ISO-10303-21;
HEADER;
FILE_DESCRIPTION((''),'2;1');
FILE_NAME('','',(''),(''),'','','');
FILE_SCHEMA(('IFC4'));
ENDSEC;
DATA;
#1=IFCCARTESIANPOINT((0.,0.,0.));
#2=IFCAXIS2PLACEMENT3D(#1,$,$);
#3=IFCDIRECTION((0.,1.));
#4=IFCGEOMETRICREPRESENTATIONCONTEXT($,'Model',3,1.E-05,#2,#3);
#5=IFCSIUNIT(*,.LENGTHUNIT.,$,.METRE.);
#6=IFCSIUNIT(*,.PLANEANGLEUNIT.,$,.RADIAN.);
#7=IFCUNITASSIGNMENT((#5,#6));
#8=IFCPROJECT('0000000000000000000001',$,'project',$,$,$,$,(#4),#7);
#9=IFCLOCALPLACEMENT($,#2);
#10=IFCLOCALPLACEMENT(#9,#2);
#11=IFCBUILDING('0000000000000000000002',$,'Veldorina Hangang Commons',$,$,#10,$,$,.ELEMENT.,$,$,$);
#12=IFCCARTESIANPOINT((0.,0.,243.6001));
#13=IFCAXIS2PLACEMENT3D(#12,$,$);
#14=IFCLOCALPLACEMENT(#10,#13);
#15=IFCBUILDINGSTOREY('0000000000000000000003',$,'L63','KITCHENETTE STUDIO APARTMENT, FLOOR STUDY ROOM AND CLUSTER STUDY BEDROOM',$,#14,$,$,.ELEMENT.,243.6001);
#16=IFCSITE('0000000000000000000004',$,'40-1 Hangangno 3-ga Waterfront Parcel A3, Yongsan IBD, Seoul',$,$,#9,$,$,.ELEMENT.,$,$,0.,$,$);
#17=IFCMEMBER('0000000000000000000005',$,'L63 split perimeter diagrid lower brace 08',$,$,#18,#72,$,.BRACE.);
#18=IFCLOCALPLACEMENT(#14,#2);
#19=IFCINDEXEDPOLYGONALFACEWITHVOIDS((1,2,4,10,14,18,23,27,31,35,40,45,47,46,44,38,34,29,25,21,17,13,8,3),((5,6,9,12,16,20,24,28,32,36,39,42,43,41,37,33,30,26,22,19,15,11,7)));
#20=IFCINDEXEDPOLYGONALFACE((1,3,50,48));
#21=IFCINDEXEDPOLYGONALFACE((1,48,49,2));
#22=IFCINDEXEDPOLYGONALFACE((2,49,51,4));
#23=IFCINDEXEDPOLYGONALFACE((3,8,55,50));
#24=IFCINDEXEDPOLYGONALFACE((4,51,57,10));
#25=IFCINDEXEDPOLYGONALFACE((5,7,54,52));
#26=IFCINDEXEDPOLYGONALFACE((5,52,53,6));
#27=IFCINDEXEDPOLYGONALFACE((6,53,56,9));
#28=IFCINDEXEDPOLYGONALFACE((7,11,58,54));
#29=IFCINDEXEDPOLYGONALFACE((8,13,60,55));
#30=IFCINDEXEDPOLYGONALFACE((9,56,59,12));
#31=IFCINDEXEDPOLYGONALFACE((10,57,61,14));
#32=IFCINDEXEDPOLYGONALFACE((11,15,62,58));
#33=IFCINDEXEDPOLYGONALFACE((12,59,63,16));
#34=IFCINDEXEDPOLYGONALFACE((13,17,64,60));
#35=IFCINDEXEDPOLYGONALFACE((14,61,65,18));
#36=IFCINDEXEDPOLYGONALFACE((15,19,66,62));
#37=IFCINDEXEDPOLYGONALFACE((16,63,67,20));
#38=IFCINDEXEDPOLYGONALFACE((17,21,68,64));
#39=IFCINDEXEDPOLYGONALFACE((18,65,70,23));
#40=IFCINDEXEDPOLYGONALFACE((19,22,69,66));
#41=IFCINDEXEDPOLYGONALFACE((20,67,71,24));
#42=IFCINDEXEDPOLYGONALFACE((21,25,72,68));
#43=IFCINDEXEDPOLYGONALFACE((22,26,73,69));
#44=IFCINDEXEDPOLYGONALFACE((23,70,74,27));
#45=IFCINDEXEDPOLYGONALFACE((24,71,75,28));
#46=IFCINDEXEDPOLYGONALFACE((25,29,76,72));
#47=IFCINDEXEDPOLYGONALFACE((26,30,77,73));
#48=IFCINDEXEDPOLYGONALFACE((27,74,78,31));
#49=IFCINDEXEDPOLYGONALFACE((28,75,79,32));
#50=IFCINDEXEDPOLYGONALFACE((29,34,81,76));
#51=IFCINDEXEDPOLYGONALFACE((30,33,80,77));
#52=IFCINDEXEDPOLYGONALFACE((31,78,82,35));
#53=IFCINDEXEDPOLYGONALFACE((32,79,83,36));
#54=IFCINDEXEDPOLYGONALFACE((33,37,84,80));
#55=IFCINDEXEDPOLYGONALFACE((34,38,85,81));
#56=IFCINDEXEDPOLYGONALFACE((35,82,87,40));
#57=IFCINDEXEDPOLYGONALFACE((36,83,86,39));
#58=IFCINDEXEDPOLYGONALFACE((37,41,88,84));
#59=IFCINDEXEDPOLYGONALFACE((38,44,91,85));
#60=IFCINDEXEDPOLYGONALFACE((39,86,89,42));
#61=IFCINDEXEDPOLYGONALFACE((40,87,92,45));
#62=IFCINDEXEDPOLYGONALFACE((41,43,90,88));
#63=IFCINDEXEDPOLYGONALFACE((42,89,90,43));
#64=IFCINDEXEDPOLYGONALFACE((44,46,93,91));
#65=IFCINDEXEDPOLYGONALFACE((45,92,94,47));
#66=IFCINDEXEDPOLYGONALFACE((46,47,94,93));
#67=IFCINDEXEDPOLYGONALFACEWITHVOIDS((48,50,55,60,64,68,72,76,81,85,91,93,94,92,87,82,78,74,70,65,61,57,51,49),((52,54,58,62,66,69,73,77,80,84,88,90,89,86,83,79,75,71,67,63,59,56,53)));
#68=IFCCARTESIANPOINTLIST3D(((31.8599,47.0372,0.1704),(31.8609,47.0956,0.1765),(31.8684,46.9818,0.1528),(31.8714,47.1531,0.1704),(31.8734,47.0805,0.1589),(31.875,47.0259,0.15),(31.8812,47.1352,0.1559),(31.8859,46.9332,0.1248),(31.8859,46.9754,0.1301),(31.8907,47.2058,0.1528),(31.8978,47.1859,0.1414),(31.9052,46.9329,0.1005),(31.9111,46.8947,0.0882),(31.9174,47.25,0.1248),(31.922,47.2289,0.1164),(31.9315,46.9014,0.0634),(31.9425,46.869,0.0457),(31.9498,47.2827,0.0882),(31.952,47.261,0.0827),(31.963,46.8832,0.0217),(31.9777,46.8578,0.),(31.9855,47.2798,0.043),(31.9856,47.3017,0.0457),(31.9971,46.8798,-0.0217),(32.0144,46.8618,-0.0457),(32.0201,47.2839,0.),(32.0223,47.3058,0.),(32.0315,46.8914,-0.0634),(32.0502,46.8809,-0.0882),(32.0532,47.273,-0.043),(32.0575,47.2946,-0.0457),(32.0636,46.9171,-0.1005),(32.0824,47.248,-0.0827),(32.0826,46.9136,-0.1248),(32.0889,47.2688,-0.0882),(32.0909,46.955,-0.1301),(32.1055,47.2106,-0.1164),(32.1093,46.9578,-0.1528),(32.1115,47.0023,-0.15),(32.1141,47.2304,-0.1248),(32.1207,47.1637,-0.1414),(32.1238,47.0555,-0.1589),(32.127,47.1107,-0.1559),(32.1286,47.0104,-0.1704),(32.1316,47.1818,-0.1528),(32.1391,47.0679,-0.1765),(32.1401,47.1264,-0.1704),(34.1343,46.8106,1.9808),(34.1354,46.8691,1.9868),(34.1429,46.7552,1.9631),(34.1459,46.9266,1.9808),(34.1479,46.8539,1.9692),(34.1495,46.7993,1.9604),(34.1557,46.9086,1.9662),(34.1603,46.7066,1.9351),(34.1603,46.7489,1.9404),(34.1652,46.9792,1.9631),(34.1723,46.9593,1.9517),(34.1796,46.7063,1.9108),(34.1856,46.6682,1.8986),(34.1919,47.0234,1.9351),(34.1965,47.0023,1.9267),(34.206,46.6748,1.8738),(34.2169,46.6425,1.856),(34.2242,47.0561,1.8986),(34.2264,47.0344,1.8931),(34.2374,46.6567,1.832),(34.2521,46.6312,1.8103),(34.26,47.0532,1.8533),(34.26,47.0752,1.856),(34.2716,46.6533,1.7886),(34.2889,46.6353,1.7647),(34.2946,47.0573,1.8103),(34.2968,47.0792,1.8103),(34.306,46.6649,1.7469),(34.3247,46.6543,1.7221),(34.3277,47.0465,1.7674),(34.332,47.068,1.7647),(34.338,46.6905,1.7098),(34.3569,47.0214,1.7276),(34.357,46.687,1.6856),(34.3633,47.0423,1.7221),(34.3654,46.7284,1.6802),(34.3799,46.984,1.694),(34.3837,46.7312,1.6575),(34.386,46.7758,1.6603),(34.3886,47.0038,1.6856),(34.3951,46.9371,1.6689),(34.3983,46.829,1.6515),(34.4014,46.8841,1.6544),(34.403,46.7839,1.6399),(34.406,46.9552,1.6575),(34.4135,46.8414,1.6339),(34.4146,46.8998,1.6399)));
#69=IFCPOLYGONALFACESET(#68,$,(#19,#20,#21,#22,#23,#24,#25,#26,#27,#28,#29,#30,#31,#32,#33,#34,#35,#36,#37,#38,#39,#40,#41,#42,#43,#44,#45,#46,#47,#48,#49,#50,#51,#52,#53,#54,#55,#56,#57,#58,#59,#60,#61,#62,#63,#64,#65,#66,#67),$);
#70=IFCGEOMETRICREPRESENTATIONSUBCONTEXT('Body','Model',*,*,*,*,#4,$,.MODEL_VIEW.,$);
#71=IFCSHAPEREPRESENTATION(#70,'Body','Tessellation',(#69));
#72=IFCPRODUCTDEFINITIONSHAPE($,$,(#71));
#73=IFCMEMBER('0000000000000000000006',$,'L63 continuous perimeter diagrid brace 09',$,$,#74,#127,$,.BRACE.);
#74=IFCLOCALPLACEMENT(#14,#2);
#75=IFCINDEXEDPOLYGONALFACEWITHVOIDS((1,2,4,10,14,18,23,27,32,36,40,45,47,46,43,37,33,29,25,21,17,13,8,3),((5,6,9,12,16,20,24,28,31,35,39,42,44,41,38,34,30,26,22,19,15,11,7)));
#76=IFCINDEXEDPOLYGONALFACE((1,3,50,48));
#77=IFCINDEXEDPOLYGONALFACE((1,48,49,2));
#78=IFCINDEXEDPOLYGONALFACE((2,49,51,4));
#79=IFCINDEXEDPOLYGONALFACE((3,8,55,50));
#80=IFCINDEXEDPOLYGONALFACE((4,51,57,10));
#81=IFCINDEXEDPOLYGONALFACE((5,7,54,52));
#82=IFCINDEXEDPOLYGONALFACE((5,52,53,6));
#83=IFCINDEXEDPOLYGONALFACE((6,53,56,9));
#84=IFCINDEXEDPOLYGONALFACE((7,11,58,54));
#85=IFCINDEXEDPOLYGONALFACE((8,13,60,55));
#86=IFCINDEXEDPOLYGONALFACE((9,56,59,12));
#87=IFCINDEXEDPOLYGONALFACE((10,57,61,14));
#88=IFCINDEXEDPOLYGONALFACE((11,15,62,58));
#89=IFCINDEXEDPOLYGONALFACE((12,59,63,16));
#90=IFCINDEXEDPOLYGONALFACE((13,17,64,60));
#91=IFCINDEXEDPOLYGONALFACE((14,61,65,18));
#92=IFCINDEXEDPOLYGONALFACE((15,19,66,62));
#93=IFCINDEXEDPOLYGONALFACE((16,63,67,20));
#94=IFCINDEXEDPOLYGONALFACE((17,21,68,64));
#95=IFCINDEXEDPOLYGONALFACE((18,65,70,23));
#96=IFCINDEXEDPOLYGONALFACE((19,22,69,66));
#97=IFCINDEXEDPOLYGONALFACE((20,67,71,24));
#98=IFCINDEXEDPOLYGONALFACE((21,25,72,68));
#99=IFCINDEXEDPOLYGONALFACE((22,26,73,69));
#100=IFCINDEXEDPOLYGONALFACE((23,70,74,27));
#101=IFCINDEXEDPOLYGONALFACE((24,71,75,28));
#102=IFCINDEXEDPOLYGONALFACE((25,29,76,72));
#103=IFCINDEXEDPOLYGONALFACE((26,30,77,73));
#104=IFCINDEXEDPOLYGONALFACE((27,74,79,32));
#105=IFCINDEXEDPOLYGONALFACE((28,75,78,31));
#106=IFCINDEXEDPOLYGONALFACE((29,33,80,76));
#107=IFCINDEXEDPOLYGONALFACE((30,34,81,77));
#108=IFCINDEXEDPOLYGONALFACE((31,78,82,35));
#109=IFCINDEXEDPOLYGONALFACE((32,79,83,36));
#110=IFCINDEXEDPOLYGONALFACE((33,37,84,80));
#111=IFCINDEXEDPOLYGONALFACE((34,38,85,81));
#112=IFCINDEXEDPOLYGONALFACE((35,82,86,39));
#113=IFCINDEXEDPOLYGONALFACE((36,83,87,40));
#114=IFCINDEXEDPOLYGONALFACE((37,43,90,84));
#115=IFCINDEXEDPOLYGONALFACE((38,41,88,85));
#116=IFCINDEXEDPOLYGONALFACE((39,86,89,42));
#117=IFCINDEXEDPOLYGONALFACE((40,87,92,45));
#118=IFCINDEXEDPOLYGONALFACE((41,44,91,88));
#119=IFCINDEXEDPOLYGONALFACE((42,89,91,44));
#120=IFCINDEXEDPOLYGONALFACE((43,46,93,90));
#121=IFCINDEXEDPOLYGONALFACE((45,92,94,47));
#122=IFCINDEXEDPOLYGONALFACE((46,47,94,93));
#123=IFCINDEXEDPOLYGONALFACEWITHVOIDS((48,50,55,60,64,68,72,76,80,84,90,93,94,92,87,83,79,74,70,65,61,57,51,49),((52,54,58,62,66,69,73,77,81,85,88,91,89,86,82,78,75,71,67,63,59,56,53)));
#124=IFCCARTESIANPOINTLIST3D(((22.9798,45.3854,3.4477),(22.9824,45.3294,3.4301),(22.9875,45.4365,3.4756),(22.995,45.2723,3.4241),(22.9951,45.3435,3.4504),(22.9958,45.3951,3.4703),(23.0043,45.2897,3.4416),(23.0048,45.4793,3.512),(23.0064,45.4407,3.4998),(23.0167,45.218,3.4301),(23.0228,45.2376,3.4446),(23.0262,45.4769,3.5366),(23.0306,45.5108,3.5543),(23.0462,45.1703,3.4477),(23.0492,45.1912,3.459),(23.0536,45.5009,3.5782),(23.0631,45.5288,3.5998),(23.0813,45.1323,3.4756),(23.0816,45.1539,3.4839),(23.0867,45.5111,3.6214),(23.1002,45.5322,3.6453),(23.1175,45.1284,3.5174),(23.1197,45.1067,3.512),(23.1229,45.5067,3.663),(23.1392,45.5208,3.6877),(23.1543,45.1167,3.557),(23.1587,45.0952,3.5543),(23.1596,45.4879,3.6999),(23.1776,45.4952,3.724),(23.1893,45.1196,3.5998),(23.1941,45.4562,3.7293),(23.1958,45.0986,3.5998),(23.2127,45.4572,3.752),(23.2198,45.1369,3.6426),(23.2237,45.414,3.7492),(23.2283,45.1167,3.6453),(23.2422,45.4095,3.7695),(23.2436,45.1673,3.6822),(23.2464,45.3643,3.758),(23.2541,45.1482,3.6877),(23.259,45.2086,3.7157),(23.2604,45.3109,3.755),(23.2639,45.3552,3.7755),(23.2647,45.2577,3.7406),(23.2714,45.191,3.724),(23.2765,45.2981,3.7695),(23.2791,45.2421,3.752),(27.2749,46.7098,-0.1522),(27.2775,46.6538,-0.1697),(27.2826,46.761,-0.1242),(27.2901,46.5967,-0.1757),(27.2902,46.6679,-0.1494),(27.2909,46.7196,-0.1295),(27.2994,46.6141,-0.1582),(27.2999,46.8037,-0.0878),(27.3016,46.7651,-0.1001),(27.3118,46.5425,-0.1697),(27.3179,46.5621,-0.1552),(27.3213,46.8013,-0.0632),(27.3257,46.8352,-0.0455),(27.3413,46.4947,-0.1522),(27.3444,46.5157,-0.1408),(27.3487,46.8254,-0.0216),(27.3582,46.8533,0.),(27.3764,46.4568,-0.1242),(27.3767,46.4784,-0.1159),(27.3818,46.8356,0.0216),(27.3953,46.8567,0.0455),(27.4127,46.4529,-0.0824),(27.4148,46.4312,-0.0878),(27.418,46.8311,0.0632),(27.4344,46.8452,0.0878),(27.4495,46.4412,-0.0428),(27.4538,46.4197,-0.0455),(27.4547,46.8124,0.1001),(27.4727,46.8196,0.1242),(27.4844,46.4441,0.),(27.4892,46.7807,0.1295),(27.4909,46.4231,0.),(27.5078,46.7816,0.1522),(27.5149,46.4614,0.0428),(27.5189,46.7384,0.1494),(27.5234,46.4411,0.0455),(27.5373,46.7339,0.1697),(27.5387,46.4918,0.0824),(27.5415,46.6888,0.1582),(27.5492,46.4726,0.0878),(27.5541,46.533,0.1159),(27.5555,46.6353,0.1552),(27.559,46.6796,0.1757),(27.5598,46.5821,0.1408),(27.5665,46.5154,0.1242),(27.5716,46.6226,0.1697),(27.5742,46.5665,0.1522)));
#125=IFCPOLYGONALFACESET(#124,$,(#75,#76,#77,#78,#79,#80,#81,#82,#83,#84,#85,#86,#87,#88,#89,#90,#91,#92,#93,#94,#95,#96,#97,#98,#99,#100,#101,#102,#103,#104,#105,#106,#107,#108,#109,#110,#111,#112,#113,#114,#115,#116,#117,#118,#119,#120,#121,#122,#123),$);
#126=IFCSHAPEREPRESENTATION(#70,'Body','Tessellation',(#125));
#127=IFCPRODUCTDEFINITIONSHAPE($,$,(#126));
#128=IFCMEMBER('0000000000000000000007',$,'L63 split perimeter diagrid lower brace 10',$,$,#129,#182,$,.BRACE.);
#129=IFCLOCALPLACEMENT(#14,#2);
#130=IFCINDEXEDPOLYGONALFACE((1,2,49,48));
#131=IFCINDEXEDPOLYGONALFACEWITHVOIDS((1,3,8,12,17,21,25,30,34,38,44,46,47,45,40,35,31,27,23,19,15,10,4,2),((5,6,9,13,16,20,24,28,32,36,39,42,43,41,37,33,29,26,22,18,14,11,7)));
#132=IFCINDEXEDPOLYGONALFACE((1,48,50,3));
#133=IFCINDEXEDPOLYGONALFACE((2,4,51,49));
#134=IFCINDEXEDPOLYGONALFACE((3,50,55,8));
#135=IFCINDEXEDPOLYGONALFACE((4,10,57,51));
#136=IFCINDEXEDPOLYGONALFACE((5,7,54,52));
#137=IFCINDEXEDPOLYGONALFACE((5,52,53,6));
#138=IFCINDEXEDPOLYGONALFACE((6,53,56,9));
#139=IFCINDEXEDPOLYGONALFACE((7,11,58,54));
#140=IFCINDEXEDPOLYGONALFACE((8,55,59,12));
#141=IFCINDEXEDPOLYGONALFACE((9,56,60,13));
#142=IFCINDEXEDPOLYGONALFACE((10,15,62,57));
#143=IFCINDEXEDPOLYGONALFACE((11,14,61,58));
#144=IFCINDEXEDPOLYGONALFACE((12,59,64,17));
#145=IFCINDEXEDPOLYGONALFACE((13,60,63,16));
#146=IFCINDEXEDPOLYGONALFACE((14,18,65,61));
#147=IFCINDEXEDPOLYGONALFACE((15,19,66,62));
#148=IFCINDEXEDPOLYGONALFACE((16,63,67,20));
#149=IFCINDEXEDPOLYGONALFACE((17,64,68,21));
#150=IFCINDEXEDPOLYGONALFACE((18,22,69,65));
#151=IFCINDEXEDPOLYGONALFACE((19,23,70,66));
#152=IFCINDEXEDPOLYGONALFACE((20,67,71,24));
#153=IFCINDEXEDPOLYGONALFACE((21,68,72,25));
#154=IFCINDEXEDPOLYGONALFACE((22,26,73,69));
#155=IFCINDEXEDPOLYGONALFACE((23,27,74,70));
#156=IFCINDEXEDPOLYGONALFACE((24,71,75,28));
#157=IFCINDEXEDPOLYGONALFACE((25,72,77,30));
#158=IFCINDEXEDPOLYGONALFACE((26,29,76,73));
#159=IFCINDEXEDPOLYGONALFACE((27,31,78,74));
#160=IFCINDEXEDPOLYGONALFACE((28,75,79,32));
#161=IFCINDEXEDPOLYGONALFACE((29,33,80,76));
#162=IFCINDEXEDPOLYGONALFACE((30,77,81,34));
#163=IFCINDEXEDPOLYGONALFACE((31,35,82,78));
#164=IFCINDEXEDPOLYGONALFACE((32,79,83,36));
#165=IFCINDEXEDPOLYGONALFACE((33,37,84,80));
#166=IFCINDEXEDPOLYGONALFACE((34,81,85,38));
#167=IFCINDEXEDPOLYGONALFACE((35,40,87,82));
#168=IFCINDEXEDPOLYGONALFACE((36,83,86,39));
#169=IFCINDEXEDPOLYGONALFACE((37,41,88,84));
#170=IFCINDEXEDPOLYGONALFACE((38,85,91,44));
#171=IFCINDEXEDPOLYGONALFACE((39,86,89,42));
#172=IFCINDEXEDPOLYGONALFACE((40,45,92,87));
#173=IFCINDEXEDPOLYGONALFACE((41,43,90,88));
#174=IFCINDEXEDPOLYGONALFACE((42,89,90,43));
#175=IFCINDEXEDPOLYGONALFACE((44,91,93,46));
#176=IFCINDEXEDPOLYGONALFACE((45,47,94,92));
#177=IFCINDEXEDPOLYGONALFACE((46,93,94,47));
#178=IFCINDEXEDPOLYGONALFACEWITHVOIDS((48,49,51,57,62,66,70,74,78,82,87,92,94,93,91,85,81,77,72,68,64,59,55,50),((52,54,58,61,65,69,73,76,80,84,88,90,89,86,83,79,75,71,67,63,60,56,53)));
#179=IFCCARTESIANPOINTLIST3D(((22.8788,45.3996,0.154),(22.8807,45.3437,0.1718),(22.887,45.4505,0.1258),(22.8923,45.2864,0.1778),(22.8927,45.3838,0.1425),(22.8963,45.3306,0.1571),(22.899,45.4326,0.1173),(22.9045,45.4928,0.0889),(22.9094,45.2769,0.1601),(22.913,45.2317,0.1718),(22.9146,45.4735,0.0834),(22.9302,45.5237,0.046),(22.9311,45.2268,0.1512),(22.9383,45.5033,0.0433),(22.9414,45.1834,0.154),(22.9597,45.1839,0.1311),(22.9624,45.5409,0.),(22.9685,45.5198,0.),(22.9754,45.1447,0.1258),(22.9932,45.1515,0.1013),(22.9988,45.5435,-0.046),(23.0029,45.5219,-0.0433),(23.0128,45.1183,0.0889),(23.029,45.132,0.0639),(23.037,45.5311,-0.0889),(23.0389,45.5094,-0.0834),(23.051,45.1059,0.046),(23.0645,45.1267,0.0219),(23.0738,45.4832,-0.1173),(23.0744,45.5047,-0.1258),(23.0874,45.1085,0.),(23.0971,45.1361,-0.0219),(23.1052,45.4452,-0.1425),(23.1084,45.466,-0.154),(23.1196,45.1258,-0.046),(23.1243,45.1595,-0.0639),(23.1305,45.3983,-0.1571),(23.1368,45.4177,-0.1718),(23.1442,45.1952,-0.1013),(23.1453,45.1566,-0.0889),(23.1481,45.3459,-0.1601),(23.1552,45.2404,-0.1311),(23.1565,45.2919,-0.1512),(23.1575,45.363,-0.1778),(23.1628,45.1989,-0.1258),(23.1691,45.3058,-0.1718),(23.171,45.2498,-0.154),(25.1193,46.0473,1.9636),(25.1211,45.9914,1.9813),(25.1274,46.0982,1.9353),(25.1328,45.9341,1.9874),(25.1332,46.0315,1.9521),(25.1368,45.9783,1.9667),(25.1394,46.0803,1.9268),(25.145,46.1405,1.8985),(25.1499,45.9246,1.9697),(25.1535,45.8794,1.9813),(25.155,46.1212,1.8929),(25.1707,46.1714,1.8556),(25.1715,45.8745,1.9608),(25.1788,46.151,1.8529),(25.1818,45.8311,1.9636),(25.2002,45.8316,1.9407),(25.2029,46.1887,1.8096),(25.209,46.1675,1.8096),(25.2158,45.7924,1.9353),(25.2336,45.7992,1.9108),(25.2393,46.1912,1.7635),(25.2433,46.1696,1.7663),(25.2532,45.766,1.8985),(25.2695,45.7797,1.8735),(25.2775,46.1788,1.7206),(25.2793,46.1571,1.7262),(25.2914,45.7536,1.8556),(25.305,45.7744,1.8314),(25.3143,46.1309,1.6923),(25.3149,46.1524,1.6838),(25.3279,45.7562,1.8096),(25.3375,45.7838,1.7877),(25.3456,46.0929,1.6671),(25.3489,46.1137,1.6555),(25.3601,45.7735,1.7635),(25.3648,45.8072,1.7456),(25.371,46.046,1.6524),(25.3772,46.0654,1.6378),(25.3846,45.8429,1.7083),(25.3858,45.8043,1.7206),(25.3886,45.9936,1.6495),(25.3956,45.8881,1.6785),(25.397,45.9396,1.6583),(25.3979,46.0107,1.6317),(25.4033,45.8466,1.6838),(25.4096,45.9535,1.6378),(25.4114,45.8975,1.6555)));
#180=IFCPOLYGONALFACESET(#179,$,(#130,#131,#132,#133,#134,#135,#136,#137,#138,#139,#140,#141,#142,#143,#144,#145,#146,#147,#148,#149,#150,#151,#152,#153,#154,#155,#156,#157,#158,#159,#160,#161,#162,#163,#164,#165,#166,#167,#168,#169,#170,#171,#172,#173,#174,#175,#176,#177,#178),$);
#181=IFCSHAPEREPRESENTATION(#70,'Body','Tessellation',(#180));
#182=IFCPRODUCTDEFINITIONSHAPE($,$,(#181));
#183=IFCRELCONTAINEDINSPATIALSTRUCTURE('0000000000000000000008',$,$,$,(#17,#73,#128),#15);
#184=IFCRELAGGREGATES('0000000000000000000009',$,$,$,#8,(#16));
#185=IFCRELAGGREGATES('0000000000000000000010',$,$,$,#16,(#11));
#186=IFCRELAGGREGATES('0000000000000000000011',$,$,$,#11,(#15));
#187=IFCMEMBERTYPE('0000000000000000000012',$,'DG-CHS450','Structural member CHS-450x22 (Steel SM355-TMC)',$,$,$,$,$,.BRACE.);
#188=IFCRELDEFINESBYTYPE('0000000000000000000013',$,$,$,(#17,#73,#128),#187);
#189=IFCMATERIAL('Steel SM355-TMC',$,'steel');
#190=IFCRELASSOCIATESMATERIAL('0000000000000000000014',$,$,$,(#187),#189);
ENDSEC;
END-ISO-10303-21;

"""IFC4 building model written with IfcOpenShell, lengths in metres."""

from ifc_helpers import new_model, si_unit, direction, frame, origin, origin_2d, place, context, subcontext, project, spatial, hollow_circle, extrude, material, material_profile, profile_set, type_object, element, save


model = new_model("IFC4")

# Units and contexts
model_context = context("Model", 3, precision=1e-05, world=origin(), true_north=direction((0.0, 1.0)))
body_context = subcontext(model_context, "Body", "Model", "MODEL_VIEW")
ifc_project = project(units=[si_unit("LENGTHUNIT", "METRE"), si_unit("PLANEANGLEUNIT", "RADIAN")], contexts=[model_context])

# Site, building, storey
site_placement = place(None, origin())
site = spatial("IfcSite", under=ifc_project, at=site_placement, Name="40-1 Hangangno 3-ga Waterfront Parcel A3, Yongsan IBD, Seoul", CompositionType="ELEMENT", RefElevation=0.0)
building_placement = place(site_placement, origin())
building = spatial("IfcBuilding", under=site, at=building_placement, Name="Veldorina Hangang Commons", CompositionType="ELEMENT")
storey_placement = place(building_placement, frame((0.0, 0.0, 243.6001)))
storey = spatial("IfcBuildingStorey", under=building, at=storey_placement, Name="L63", Description="KITCHENETTE STUDIO APARTMENT, FLOOR STUDY ROOM AND CLUSTER STUDY BEDROOM", CompositionType="ELEMENT", Elevation=243.6001)

# Shared definitions
ifc_material_1 = material(Name="Steel SM355-TMC", Category="steel")

# Members
ifc_material_profile_1 = material_profile(ifc_material_1, hollow_circle(Radius=0.2251, WallThickness=0.022, at=origin_2d()), Name="CHS-450x22")
ifc_profile_set_1 = profile_set([ifc_material_profile_1], Name="Steel SM355-TMC")
member_type_1 = type_object("IfcMemberType", Name="DG-CHS450", Description="Structural member CHS-450x22 (Steel SM355-TMC)", PredefinedType="BRACE", material=ifc_profile_set_1)
member_1_placement = place(storey_placement, frame((32.0, 47.0818, 0.0), z_axis=(0.780049, -0.077704, 0.620874), x_axis=(0.099123, 0.995075, 0.0)))
element("IfcMember", 1, at=member_1_placement, inside=storey, type_object=member_type_1, Name="L63 split perimeter diagrid lower brace 08", PredefinedType="BRACE", context=body_context, shape_type="SweptSolid", body=[
    extrude(hollow_circle(Radius=0.2251, WallThickness=0.022, at=origin_2d()), origin(), (0.0, 0.0, 1.0), 2.9158),
])
member_2_placement = place(storey_placement, frame((27.4246, 46.6382, 0.0), z_axis=(-0.745868, -0.229997, 0.625125), x_axis=(0.29467, -0.955599, 0.0)))
element("IfcMember", 2, at=member_2_placement, inside=storey, type_object=member_type_1, Name="L63 continuous perimeter diagrid brace 09", PredefinedType="BRACE", context=body_context, shape_type="SweptSolid", body=[
    extrude(hollow_circle(Radius=0.2251, WallThickness=0.022, at=origin_2d()), origin(), (0.0, 0.0, 1.0), 5.7585),
])
member_3_placement = place(storey_placement, frame((23.0249, 45.3247, 0.0), z_axis=(0.758991, 0.219419, 0.613015), x_axis=(-0.27772, 0.960662, 0.0)))
element("IfcMember", 3, at=member_3_placement, inside=storey, type_object=member_type_1, Name="L63 split perimeter diagrid lower brace 10", PredefinedType="BRACE", context=body_context, shape_type="SweptSolid", body=[
    extrude(hollow_circle(Radius=0.2251, WallThickness=0.022, at=origin_2d()), origin(), (0.0, 0.0, 1.0), 2.9519),
])

save(model, "model.ifc")
